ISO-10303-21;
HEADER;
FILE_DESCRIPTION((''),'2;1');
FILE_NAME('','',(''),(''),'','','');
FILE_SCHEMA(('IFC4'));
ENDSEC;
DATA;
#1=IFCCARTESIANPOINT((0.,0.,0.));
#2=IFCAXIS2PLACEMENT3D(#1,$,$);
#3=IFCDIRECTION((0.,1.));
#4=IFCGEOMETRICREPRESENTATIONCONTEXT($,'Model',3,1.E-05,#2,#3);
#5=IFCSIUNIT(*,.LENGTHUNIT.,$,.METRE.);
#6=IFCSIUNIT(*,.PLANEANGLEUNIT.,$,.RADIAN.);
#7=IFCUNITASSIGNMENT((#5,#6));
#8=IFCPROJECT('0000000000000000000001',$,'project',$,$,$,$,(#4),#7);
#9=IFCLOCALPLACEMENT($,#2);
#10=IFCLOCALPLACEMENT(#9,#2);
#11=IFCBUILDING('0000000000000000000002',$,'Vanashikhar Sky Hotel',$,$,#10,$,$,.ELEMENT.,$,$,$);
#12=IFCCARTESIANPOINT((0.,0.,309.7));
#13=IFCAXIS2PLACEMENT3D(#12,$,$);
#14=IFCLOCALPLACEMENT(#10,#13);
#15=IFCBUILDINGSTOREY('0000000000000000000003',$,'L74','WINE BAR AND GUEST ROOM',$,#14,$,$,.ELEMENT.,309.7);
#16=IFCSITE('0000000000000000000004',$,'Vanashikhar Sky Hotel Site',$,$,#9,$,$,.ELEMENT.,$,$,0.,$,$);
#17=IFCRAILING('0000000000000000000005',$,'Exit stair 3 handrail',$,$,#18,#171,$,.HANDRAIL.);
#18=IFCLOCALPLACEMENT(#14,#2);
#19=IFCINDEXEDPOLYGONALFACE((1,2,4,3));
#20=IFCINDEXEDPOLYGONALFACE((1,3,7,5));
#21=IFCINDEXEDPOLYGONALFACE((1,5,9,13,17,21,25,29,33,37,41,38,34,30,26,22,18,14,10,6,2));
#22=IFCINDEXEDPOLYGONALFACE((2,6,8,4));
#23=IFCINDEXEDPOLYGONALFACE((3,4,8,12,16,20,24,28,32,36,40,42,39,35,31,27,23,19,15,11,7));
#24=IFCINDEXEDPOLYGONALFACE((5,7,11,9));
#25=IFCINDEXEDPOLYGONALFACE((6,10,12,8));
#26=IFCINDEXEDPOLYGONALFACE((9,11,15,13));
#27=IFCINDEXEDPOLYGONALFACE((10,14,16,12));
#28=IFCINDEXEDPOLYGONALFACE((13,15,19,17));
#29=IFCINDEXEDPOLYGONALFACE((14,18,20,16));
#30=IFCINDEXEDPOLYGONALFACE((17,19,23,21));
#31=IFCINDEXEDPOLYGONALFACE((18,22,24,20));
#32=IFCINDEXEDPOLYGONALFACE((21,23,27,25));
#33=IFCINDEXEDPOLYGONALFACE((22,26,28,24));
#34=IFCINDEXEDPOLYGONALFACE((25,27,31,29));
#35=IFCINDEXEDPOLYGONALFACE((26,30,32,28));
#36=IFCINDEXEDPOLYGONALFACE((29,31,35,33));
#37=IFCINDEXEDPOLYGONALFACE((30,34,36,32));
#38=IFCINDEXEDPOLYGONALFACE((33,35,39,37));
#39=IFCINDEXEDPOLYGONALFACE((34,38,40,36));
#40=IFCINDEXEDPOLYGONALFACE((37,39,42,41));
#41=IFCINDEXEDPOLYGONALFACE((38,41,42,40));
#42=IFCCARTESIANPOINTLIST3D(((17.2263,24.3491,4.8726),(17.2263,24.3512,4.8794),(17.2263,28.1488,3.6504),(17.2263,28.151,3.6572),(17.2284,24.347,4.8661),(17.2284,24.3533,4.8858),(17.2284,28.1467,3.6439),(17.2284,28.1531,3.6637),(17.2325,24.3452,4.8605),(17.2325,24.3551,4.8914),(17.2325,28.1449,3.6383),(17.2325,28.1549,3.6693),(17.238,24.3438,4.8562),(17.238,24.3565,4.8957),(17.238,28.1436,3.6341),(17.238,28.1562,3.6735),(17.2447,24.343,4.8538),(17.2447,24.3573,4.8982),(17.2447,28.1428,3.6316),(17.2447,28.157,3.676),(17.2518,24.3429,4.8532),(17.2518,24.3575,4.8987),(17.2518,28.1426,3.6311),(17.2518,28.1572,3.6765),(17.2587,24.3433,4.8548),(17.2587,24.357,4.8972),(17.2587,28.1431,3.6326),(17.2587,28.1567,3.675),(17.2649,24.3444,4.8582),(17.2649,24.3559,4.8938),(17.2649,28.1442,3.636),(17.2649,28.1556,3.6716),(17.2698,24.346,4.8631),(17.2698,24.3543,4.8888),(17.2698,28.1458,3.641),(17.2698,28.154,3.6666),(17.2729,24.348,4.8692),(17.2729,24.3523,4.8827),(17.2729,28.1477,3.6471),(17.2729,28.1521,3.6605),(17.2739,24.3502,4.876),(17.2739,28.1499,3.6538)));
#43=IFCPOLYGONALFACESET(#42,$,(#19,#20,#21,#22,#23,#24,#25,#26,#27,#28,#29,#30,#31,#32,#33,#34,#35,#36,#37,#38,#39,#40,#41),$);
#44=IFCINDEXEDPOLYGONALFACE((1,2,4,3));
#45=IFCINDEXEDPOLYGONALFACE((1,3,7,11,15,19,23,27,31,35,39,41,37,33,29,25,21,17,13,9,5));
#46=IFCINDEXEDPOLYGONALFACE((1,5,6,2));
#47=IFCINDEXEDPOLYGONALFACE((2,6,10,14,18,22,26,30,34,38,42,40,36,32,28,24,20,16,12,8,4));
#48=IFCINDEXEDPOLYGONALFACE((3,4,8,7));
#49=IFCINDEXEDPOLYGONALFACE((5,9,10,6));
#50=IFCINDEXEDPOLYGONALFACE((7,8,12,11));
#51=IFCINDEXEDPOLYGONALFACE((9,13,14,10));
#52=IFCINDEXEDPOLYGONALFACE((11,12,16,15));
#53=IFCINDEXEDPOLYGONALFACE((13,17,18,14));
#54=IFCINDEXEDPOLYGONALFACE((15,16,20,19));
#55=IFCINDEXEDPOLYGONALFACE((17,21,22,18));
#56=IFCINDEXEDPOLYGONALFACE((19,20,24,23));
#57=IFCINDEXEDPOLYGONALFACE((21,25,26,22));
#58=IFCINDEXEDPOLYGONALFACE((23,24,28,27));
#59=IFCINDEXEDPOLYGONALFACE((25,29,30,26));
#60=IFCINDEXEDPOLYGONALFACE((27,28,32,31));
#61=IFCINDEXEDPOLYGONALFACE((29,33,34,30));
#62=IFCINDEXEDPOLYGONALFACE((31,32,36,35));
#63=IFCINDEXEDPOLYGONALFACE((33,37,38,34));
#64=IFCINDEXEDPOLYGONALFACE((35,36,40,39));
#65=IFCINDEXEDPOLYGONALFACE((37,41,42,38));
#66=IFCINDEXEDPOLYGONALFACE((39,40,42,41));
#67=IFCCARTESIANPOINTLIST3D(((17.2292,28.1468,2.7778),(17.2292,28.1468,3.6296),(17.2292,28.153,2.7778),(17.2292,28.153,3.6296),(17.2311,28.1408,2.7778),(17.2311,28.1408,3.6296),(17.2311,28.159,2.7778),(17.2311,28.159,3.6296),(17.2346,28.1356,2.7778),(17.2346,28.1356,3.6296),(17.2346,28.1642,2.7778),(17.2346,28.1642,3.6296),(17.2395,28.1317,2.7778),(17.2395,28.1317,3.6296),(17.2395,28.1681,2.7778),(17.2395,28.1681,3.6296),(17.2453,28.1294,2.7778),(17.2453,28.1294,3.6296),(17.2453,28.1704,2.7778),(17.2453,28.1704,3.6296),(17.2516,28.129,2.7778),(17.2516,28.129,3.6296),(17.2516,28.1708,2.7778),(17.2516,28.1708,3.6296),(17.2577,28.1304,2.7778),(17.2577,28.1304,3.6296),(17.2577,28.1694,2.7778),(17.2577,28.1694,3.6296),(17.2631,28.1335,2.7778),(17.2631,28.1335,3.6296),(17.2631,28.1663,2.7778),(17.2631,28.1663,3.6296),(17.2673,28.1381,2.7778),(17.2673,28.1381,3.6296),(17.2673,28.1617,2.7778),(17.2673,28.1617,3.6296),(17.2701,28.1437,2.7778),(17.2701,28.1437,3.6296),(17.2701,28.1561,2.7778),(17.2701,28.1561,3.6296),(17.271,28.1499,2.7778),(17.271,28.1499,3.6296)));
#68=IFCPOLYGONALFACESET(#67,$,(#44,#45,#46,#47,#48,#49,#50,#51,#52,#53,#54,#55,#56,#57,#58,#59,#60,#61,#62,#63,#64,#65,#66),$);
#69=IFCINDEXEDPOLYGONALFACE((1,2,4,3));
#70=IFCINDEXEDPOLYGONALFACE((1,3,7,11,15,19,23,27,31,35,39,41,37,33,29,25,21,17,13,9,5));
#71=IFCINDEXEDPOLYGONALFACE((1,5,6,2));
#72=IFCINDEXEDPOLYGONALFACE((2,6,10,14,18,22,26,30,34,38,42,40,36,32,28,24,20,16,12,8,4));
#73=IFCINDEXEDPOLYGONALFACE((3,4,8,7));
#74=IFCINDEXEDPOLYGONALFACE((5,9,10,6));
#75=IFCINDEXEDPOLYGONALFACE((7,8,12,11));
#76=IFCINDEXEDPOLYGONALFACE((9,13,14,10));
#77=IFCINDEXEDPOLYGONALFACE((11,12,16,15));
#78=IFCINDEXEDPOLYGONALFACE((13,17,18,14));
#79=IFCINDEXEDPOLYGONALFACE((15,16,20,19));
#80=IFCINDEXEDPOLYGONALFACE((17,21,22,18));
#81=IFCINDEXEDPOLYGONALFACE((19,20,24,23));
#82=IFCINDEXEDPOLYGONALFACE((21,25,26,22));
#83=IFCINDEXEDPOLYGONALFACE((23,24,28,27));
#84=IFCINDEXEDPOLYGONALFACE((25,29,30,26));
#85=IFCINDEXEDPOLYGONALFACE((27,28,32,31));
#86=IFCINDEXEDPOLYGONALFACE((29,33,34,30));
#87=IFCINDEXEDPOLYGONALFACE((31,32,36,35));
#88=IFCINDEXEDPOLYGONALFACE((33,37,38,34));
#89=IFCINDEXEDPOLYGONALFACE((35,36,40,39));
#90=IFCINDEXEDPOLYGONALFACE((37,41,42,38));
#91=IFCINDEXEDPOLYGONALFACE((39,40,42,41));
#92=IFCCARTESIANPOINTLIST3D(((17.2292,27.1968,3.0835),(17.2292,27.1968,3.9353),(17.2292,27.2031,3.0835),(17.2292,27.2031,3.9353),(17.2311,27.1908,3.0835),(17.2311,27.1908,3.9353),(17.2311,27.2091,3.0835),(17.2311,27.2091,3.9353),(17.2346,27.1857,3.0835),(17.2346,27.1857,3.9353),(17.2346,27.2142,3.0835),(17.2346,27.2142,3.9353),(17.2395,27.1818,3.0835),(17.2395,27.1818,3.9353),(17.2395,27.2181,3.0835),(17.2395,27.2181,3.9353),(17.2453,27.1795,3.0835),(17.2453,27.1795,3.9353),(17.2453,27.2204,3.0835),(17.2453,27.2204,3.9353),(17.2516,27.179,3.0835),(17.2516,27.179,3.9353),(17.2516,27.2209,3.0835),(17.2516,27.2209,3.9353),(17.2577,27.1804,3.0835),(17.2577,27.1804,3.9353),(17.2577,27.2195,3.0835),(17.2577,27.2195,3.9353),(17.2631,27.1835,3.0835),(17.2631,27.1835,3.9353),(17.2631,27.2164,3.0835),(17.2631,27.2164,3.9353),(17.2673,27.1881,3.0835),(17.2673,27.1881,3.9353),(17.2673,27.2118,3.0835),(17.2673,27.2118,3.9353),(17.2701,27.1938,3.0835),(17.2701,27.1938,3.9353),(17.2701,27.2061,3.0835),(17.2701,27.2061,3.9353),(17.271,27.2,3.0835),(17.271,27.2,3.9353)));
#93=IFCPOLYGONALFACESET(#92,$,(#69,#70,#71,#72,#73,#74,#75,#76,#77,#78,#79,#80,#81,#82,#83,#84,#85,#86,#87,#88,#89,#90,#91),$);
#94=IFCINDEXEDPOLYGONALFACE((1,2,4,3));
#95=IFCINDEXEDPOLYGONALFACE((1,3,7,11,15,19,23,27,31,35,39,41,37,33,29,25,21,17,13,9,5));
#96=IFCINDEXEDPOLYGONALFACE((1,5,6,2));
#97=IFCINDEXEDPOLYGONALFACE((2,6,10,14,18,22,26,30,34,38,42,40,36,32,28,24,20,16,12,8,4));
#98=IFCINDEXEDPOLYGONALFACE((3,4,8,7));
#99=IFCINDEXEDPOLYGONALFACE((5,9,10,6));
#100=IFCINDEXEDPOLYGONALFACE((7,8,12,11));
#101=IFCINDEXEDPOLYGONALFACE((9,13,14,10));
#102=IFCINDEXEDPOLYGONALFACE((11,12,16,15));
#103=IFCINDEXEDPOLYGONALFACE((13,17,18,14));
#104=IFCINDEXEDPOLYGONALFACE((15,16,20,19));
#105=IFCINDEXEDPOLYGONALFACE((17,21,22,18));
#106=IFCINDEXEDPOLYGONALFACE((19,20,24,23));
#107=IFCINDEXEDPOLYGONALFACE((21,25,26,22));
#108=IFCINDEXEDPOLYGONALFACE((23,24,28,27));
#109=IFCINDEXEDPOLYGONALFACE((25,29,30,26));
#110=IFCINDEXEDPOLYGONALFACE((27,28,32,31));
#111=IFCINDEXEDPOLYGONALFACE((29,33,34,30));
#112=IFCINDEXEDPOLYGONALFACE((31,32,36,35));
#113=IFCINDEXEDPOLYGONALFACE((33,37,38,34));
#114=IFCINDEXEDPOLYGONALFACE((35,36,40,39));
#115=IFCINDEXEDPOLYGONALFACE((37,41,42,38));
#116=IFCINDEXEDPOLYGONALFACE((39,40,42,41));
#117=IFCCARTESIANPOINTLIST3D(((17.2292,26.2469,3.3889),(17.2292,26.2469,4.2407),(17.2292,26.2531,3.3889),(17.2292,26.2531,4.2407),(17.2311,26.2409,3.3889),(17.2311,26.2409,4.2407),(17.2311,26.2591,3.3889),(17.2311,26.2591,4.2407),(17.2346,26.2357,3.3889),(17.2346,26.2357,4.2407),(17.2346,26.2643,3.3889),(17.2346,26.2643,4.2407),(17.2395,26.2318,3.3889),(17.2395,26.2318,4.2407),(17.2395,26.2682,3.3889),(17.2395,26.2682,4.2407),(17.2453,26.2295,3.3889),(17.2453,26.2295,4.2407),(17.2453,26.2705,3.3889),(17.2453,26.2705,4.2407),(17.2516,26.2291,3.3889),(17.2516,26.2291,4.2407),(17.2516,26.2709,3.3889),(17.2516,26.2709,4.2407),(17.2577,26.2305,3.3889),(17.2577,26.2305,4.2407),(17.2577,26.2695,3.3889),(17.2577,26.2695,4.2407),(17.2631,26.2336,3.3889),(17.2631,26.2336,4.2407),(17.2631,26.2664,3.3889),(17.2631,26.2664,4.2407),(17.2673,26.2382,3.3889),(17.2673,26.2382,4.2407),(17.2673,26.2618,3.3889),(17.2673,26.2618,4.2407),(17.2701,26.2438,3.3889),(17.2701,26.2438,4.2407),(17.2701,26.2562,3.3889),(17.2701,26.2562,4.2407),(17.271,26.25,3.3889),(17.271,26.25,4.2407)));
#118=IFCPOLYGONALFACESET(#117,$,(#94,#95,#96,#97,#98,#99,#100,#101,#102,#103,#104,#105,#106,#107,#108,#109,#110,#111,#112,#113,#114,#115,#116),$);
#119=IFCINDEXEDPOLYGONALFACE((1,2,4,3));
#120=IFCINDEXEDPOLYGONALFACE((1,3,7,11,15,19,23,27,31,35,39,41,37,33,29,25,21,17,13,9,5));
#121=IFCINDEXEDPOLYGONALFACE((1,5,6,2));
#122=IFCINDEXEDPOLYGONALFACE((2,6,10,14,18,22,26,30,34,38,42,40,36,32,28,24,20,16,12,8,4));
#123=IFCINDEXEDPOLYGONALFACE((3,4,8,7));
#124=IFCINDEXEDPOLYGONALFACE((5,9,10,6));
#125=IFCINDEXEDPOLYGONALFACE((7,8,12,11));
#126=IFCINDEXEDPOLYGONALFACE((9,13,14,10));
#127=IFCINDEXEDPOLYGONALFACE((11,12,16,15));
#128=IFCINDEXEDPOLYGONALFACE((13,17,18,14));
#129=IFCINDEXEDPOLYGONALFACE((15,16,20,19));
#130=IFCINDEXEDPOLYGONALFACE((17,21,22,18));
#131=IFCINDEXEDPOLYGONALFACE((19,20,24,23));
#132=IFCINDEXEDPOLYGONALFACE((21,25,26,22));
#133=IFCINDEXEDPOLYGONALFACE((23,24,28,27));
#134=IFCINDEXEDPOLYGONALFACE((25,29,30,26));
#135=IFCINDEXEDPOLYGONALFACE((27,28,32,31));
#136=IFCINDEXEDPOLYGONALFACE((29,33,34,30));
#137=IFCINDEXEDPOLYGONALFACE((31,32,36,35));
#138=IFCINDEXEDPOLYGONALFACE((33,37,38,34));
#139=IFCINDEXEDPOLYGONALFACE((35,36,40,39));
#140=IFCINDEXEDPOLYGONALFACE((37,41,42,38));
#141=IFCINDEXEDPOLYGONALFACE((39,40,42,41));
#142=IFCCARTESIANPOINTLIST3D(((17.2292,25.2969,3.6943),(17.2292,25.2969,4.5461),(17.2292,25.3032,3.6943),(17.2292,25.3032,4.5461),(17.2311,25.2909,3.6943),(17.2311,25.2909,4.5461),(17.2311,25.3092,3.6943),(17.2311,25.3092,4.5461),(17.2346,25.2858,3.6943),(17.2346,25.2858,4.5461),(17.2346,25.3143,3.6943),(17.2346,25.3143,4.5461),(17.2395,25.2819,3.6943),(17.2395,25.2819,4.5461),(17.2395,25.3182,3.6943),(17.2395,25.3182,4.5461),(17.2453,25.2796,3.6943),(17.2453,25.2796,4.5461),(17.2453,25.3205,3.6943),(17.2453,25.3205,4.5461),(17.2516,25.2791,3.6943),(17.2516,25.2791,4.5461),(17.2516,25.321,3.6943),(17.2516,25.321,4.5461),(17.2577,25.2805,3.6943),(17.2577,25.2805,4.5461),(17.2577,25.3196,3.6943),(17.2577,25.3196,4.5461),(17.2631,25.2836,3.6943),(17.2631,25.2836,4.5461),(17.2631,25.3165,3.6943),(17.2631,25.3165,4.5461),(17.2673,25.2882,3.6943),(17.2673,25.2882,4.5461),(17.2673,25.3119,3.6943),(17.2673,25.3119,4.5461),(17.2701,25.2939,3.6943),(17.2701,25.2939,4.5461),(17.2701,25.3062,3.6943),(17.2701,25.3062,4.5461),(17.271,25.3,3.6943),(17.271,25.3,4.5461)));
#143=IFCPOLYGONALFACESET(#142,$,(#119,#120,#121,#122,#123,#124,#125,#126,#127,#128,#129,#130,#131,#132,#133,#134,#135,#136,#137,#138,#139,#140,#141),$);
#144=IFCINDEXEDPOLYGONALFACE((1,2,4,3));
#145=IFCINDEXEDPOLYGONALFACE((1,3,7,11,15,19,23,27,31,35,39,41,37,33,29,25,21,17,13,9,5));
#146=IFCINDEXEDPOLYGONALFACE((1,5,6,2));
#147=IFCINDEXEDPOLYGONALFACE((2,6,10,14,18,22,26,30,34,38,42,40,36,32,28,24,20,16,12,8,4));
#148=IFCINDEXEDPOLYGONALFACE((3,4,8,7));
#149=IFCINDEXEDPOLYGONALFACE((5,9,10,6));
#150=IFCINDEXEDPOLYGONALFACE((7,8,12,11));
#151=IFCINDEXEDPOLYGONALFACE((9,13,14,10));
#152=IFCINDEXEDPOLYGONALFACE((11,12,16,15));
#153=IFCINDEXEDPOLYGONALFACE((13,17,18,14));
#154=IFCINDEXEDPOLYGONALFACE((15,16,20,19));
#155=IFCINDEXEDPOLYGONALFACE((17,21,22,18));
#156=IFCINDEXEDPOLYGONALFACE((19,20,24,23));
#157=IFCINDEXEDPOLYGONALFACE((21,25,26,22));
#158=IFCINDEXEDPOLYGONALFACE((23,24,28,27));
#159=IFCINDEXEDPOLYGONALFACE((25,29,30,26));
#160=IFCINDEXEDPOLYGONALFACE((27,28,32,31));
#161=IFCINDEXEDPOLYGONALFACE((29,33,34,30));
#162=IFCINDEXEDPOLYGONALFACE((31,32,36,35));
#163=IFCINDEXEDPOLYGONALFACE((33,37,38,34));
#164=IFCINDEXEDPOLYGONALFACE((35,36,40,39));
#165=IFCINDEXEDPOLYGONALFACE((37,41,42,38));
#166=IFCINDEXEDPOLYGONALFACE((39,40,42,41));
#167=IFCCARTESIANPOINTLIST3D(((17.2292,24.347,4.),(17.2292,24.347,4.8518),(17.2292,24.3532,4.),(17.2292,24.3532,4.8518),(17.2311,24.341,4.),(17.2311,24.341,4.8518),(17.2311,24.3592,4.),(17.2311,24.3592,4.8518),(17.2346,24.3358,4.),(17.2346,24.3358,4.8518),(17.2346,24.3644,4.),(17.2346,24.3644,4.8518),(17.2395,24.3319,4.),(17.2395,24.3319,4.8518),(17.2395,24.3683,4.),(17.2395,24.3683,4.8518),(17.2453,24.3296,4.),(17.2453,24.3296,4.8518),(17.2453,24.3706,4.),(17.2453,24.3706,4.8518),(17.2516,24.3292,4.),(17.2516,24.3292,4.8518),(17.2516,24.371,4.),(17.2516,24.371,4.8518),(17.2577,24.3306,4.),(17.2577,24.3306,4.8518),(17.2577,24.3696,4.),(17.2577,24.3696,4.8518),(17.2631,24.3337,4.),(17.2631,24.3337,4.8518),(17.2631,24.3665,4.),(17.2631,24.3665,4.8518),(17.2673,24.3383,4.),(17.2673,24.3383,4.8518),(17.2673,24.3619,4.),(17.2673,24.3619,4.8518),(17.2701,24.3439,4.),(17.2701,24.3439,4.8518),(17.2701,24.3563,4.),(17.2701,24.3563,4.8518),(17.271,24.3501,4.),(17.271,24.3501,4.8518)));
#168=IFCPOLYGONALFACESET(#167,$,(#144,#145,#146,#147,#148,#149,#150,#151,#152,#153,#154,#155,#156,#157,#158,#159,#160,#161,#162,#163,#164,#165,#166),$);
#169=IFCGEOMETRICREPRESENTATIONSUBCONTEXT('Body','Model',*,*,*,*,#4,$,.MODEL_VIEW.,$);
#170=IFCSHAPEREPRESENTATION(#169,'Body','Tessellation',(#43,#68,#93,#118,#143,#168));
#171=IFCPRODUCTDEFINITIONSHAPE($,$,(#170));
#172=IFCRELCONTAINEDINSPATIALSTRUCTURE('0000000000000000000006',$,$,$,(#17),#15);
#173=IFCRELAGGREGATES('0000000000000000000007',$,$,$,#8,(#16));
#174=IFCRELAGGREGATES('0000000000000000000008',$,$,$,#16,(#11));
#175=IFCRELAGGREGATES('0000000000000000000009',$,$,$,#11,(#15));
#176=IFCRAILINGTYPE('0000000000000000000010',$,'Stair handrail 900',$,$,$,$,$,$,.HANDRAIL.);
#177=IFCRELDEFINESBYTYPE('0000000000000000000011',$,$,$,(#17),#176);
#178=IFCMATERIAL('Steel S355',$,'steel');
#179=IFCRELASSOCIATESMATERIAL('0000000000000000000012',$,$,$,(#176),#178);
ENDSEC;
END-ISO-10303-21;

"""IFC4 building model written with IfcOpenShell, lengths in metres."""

from ifc_helpers import new_model, si_unit, direction, frame, origin, origin_2d, place, context, subcontext, project, spatial, circle, extrude, source, transform, mapped, material, type_object, element, save


model = new_model("IFC4")

# Units and contexts
model_context = context("Model", 3, precision=1e-05, world=origin(), true_north=direction((0.0, 1.0)))
body_context = subcontext(model_context, "Body", "Model", "MODEL_VIEW")
ifc_project = project(units=[si_unit("LENGTHUNIT", "METRE"), si_unit("PLANEANGLEUNIT", "RADIAN")], contexts=[model_context])

# Site, building, storey
site_placement = place(None, origin())
site = spatial("IfcSite", under=ifc_project, at=site_placement, Name="Vanashikhar Sky Hotel Site", CompositionType="ELEMENT", RefElevation=0.0)
building_placement = place(site_placement, origin())
building = spatial("IfcBuilding", under=site, at=building_placement, Name="Vanashikhar Sky Hotel", CompositionType="ELEMENT")
storey_placement = place(building_placement, frame((0.0, 0.0, 309.7)))
storey = spatial("IfcBuildingStorey", under=building, at=storey_placement, Name="L74", Description="WINE BAR AND GUEST ROOM", CompositionType="ELEMENT", Elevation=309.7)

# Railing
ifc_material_1 = material(Name="Steel S355", Category="steel")
railing_type = type_object("IfcRailingType", Name="Stair handrail 900", PredefinedType="HANDRAIL", material=ifc_material_1)
shared_shape_1 = source(origin(), body_context, "Body", "SweptSolid", [
    extrude(circle(Radius=0.0239, at=origin_2d()), frame((0.0, 0.0, 0.876), z_axis=(0.0, -0.95197, 0.306191), x_axis=(1.0, 0.0, 0.0)), (0.0, 0.0, 1.0), 3.9915),
    extrude(circle(Radius=0.021, at=origin_2d()), origin(), (0.0, 0.0, 1.0), 0.8518),
    extrude(circle(Radius=0.021, at=origin_2d()), frame((0.0, -0.95, 0.3057)), (0.0, 0.0, 1.0), 0.8518),
    extrude(circle(Radius=0.021, at=origin_2d()), frame((0.0, -1.8999, 0.6111)), (0.0, 0.0, 1.0), 0.8518),
    extrude(circle(Radius=0.021, at=origin_2d()), frame((0.0, -2.8499, 0.9165)), (0.0, 0.0, 1.0), 0.8518),
    extrude(circle(Radius=0.021, at=origin_2d()), frame((0.0, -3.7998, 1.2222)), (0.0, 0.0, 1.0), 0.8518),
])
railing_1_placement = place(storey_placement, frame((17.25, 28.1499, 2.7778)))
element("IfcRailing", 1, at=railing_1_placement, inside=storey, type_object=railing_type, Name="Exit stair 3 handrail", PredefinedType="HANDRAIL", context=body_context, shape_type="MappedRepresentation", body=[
    mapped(shared_shape_1, transform((0.0, 0.0, 0.0), scale=1.0)),
])

save(model, "model.ifc")
